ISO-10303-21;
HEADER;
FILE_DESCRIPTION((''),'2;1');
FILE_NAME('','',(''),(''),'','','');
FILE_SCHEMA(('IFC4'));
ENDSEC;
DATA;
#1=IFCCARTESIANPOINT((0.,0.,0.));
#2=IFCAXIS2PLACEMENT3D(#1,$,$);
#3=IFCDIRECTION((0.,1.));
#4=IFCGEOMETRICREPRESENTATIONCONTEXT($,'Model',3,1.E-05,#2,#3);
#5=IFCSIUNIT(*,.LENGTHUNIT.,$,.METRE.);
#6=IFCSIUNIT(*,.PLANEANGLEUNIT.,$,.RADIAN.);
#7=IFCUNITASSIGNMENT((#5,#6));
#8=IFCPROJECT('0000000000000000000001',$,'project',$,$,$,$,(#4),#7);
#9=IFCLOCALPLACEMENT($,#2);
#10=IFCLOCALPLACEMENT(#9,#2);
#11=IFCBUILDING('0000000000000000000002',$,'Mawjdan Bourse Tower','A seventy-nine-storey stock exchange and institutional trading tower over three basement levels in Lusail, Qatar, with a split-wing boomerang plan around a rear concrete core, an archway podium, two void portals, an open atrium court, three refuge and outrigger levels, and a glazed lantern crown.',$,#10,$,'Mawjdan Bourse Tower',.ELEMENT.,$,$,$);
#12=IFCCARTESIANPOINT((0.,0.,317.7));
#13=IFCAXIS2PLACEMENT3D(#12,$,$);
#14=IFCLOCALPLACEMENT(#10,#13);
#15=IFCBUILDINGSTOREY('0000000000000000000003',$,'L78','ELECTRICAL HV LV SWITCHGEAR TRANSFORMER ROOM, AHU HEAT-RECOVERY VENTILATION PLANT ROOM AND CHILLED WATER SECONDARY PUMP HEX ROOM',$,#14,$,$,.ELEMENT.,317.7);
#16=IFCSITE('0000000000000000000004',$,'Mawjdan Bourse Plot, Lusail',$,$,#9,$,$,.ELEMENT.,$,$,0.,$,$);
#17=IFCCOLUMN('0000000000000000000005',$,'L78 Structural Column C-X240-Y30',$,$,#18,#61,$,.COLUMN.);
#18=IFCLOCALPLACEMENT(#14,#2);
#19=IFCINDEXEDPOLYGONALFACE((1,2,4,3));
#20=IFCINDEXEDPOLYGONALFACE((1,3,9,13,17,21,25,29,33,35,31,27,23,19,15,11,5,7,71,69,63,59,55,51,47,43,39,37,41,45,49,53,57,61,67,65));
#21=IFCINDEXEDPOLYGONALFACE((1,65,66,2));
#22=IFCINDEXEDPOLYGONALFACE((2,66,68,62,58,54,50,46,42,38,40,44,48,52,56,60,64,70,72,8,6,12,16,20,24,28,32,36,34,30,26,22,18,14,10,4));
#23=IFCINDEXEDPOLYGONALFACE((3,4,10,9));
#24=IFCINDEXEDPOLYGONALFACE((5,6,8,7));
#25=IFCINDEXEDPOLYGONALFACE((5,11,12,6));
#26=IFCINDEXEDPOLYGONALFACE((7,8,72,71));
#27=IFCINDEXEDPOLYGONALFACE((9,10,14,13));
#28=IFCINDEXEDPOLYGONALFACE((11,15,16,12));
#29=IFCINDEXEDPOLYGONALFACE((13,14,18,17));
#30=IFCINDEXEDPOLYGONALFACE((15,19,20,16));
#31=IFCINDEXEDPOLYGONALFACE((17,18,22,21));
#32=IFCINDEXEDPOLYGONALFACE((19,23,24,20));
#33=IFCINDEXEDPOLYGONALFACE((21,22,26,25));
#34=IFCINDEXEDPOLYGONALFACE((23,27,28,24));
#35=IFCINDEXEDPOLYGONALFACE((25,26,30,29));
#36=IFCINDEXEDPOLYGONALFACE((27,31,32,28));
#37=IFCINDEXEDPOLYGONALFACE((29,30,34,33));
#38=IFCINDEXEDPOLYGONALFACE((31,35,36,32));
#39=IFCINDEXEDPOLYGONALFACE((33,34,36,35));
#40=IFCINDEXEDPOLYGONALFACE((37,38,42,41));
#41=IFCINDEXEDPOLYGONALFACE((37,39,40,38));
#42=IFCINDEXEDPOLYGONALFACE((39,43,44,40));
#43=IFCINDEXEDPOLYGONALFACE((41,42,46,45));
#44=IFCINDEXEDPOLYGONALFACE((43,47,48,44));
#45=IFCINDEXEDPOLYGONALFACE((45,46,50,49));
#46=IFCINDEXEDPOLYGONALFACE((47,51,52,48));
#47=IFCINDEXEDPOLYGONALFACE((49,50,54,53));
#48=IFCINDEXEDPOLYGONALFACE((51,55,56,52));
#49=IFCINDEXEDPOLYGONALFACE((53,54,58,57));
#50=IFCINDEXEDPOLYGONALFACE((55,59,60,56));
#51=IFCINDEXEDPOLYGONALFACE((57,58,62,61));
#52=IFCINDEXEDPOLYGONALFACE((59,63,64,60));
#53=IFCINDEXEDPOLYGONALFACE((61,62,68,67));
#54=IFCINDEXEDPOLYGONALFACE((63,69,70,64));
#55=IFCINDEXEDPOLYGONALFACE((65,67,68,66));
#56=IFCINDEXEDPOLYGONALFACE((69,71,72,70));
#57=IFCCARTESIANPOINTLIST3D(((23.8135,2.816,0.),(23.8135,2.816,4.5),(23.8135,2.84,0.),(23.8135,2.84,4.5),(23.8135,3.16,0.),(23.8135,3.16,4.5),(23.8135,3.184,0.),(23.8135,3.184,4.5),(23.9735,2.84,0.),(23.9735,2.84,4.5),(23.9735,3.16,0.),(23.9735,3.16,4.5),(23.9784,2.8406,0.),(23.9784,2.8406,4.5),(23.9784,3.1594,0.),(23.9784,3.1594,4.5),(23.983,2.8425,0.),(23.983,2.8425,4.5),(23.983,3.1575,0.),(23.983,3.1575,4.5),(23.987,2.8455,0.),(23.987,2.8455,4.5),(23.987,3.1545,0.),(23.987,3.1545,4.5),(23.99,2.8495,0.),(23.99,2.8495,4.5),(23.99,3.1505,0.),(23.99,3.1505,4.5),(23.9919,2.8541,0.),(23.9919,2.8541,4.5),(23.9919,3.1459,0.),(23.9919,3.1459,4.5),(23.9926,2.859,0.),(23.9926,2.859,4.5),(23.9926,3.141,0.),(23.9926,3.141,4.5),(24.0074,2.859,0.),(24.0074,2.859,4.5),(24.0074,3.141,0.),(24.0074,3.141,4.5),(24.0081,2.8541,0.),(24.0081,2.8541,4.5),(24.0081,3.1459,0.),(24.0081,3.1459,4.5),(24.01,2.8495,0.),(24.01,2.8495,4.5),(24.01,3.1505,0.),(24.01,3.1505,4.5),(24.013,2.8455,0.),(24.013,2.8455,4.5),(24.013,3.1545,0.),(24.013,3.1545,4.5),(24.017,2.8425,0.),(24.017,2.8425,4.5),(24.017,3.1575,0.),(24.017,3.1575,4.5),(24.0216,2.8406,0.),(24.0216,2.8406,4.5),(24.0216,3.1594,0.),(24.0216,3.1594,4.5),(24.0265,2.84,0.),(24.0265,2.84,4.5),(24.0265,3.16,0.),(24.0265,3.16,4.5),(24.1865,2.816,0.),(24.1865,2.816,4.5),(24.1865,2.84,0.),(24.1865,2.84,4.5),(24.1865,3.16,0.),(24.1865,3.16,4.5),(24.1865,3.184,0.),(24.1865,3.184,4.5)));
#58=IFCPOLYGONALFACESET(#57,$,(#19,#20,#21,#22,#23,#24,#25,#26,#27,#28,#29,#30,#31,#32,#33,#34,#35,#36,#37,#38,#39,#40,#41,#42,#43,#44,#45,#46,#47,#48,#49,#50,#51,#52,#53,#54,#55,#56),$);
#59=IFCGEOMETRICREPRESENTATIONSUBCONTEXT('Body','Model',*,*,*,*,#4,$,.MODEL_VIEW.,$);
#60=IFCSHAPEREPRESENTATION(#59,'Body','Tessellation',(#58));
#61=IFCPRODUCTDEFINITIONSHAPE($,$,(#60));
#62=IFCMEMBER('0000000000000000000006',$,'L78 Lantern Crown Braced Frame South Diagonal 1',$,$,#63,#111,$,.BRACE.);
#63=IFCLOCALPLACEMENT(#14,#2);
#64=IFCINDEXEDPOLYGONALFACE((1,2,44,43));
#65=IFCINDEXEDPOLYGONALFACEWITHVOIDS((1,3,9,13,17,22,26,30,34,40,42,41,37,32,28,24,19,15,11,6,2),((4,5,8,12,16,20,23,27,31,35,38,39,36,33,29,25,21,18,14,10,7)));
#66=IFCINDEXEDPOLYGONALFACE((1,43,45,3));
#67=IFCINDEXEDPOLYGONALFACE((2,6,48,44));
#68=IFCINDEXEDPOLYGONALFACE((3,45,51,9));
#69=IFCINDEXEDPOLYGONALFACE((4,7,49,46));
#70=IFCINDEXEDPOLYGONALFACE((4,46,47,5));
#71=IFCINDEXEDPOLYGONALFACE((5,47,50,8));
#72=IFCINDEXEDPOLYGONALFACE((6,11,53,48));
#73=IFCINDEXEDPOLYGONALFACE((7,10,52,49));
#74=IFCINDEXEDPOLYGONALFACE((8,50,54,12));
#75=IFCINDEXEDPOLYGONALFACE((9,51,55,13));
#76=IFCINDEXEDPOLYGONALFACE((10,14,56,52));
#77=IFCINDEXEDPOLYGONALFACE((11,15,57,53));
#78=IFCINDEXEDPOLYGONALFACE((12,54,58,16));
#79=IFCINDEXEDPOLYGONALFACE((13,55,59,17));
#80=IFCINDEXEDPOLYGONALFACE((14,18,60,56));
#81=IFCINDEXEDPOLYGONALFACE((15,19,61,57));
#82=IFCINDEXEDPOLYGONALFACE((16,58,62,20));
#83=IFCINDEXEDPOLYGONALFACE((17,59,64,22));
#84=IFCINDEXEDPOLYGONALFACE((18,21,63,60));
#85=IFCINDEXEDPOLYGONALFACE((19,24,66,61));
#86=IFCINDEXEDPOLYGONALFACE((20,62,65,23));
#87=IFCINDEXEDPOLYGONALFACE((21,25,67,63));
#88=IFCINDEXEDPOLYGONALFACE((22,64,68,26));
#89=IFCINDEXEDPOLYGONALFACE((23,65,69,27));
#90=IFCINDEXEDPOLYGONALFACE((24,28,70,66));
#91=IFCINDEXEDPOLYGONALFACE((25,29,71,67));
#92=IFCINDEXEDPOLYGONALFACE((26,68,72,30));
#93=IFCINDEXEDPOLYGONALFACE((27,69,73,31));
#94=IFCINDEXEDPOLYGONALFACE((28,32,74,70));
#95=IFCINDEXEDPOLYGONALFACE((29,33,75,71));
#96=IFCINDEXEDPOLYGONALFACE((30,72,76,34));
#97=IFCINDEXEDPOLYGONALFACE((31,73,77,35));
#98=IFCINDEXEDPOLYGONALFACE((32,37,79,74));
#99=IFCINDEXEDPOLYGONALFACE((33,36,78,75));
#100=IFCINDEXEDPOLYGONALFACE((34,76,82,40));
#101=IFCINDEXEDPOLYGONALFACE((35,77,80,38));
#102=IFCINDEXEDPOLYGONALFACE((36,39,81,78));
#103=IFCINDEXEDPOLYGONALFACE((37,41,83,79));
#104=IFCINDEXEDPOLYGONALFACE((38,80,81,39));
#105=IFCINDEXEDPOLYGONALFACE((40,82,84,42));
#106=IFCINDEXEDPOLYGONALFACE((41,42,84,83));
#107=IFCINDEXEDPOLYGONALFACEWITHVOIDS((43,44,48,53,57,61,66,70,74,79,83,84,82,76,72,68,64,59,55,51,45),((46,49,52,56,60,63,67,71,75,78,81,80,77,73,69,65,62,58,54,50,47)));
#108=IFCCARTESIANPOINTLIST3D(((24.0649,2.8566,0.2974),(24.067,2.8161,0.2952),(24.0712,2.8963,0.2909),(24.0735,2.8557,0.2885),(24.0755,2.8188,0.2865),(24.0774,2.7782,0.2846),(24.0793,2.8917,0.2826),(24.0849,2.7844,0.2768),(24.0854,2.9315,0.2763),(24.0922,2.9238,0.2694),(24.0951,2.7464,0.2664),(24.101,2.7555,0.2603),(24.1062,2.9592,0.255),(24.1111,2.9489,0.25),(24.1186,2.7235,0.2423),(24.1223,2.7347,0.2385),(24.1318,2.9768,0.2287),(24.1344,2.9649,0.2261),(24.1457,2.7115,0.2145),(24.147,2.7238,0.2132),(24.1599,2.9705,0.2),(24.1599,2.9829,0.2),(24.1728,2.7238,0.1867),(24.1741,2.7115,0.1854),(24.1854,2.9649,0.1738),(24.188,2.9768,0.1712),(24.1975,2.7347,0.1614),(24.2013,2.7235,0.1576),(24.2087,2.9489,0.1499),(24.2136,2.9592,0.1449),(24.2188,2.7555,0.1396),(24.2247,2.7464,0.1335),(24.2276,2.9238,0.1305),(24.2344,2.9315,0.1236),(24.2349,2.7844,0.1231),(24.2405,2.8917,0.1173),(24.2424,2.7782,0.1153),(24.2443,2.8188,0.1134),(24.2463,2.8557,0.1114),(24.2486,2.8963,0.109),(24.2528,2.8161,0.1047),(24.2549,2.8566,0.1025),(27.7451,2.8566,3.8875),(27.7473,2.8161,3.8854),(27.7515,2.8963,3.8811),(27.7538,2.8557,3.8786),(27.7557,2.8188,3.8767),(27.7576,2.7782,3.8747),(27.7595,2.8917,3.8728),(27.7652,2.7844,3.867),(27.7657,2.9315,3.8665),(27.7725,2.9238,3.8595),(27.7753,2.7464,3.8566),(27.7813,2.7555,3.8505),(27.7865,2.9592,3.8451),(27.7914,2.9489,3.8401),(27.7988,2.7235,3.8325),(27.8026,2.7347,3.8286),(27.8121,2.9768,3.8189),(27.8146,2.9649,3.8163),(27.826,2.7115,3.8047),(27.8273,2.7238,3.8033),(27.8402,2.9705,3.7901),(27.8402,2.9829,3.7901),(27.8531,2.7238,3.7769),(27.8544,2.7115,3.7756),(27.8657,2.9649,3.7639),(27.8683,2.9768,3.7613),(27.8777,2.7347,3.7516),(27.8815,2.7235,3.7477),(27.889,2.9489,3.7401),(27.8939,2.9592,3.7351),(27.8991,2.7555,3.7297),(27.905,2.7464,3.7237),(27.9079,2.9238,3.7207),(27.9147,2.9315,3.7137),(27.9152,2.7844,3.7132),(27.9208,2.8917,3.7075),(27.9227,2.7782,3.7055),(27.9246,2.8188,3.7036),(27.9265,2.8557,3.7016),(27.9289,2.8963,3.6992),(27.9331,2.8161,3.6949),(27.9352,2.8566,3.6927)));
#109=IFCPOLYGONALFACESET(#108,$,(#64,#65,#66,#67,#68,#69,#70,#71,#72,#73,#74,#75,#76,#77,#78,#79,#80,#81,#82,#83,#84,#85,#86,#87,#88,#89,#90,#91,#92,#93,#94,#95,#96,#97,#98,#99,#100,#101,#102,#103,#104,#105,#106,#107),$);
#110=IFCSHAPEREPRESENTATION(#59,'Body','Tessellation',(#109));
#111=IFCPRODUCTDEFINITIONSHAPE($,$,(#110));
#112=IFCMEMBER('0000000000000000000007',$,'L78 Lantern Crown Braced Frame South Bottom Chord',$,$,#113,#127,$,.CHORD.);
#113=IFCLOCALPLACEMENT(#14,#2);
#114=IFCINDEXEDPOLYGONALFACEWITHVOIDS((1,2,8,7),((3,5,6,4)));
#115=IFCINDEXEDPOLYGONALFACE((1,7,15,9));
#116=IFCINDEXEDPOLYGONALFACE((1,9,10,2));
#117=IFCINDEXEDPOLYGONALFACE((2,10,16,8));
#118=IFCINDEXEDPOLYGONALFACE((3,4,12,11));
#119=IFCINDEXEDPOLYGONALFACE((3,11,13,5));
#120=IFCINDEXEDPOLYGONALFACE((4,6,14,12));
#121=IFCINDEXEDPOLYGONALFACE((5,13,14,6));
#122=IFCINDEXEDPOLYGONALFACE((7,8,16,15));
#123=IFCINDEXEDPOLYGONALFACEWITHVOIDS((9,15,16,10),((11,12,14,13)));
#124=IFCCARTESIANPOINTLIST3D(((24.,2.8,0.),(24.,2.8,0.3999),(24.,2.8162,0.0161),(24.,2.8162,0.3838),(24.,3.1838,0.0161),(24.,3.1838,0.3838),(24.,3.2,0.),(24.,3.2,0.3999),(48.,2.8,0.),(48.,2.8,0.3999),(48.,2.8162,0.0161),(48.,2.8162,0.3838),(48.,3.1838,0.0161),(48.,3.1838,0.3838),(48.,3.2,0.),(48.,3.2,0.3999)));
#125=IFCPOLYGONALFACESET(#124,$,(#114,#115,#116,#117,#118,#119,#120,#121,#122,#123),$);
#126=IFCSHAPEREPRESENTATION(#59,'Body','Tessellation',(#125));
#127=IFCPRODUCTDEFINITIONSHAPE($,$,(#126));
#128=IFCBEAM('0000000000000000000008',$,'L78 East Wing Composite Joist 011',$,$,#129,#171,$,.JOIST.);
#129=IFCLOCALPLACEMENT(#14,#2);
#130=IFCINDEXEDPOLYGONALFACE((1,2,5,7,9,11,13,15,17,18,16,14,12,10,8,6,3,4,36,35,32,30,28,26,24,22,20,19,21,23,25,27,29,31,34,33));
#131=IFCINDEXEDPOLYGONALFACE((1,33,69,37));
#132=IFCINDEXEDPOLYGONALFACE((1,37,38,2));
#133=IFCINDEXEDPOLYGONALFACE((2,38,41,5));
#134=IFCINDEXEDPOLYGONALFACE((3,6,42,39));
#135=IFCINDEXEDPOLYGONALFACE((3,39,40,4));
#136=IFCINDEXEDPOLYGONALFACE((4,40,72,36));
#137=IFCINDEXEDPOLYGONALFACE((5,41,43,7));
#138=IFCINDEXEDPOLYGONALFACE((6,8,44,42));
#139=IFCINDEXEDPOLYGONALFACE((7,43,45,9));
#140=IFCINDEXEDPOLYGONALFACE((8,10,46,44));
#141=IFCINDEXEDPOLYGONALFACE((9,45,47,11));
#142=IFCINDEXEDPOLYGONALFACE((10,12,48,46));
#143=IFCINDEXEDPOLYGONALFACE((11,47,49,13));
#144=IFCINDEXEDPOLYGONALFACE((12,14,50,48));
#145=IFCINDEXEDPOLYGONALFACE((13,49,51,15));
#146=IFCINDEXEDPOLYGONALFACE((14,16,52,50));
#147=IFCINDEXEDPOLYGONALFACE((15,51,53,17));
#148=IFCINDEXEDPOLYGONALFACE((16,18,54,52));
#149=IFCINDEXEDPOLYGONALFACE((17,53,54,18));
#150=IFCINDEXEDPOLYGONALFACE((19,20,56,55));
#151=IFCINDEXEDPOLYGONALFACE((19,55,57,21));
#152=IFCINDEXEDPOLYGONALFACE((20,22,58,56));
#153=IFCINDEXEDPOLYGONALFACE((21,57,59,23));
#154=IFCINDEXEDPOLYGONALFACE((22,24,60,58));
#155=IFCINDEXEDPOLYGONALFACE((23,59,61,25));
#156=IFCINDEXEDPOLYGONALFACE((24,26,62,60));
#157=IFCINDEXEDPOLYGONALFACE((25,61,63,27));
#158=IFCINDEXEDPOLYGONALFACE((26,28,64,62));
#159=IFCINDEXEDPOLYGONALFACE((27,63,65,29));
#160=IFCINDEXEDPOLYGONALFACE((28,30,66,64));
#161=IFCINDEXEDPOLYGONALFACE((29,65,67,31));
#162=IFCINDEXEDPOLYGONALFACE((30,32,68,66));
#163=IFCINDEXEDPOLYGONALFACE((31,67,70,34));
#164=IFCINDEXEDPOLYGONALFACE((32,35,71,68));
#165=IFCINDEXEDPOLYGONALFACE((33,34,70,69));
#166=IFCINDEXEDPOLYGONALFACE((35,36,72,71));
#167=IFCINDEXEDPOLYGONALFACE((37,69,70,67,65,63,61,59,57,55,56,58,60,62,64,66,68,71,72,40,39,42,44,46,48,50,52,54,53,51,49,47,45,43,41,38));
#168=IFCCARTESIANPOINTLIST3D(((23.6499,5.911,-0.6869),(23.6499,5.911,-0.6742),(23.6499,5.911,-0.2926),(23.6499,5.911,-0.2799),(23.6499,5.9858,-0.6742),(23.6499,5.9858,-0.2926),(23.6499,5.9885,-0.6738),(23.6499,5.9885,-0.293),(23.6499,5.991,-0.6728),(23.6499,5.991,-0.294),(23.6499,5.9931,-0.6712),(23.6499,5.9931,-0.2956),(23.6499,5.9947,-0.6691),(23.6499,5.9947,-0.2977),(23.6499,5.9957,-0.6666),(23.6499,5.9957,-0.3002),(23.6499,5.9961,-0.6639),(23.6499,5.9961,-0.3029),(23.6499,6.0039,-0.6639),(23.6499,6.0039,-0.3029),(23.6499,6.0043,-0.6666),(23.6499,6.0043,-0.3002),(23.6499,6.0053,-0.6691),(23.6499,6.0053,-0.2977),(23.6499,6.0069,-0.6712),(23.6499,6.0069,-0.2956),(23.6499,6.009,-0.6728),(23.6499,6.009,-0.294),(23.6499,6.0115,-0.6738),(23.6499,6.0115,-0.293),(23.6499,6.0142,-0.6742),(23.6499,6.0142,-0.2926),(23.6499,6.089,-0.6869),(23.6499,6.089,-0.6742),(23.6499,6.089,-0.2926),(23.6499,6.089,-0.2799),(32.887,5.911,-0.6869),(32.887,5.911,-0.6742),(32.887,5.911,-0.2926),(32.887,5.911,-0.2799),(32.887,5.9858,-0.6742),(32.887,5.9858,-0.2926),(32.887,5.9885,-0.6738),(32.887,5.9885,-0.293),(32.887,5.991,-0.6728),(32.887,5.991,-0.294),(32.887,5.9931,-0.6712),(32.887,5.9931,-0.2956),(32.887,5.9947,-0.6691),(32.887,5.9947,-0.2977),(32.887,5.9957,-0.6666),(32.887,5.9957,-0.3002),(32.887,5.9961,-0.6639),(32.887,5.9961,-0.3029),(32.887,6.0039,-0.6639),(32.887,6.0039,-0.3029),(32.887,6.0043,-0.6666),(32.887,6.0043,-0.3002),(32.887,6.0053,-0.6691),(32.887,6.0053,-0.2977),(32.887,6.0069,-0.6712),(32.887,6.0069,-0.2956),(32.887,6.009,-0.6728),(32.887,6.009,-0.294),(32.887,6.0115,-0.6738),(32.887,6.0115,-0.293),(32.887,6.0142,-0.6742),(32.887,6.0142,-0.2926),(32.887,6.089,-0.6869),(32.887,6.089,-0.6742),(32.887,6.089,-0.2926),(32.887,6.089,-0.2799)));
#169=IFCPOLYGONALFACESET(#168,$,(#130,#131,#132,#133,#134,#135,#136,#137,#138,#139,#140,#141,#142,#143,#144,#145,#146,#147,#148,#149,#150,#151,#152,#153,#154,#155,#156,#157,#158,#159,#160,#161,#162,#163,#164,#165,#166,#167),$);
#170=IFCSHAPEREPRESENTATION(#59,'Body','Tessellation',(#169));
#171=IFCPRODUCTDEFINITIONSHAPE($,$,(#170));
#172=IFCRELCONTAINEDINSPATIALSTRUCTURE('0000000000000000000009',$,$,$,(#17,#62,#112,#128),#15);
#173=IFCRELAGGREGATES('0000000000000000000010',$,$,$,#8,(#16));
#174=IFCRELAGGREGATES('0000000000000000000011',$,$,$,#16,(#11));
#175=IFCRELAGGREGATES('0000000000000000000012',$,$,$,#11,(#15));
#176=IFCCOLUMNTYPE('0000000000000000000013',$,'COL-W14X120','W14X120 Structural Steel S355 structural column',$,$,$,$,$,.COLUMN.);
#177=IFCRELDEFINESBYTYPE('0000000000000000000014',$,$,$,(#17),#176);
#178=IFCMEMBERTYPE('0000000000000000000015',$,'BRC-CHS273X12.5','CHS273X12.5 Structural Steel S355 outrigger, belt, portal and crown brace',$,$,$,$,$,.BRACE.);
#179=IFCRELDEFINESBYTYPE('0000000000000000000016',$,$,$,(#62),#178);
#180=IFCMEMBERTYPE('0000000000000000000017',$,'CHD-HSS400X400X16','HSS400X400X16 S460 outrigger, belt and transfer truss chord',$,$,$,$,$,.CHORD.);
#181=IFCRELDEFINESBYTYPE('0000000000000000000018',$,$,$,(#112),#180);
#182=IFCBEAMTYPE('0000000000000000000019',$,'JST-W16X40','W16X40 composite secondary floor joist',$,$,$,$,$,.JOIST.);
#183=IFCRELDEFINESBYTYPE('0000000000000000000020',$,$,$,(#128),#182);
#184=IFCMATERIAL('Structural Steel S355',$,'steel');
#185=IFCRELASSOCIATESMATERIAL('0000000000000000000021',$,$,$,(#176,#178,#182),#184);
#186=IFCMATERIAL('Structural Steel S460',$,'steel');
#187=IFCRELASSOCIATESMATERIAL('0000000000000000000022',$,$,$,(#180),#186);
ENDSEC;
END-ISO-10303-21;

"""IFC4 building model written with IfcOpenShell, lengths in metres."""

from ifc_helpers import new_model, si_unit, direction, frame, origin, origin_2d, place, context, subcontext, project, spatial, hollow_rectangle, hollow_circle, i_section, extrude, material, material_profile, profile_set, type_object, element, save


model = new_model("IFC4")

# Units and contexts
model_context = context("Model", 3, precision=1e-05, world=origin(), true_north=direction((0.0, 1.0)))
body_context = subcontext(model_context, "Body", "Model", "MODEL_VIEW")
ifc_project = project(units=[si_unit("LENGTHUNIT", "METRE"), si_unit("PLANEANGLEUNIT", "RADIAN")], contexts=[model_context])

# Site, building, storey
site_placement = place(None, origin())
site = spatial("IfcSite", under=ifc_project, at=site_placement, Name="Mawjdan Bourse Plot, Lusail", CompositionType="ELEMENT", RefElevation=0.0)
building_placement = place(site_placement, origin())
building = spatial("IfcBuilding", under=site, at=building_placement, Name="Mawjdan Bourse Tower", Description="A seventy-nine-storey stock exchange and institutional trading tower over three basement levels in Lusail, Qatar, with a split-wing boomerang plan around a rear concrete core, an archway podium, two void portals, an open atrium court, three refuge and outrigger levels, and a glazed lantern crown.", LongName="Mawjdan Bourse Tower", CompositionType="ELEMENT")
storey_placement = place(building_placement, frame((0.0, 0.0, 317.7)))
storey = spatial("IfcBuildingStorey", under=building, at=storey_placement, Name="L78", Description="ELECTRICAL HV LV SWITCHGEAR TRANSFORMER ROOM, AHU HEAT-RECOVERY VENTILATION PLANT ROOM AND CHILLED WATER SECONDARY PUMP HEX ROOM", CompositionType="ELEMENT", Elevation=317.7)

# Column
ifc_material_1 = material(Name="Structural Steel S355", Category="steel")
ifc_material_profile_1 = material_profile(ifc_material_1, i_section(OverallWidth=0.373, OverallDepth=0.3679, WebThickness=0.0149, FlangeThickness=0.0239, FilletRadius=0.019, at=origin_2d()), Name="W14X120")
ifc_profile_set_1 = profile_set([ifc_material_profile_1], Name="Structural Steel S355")
column_type = type_object("IfcColumnType", Name="COL-W14X120", Description="W14X120 Structural Steel S355 structural column", PredefinedType="COLUMN", material=ifc_profile_set_1)
column_placement = place(storey_placement, frame((24.0, 3.0, 0.0), z_axis=(0.0, 0.0, 1.0), x_axis=(1.0, 0.0, 0.0)))
element("IfcColumn", 1, at=column_placement, inside=storey, type_object=column_type, Name="L78 Structural Column C-X240-Y30", PredefinedType="COLUMN", context=body_context, shape_type="SweptSolid", body=[
    extrude(i_section(OverallWidth=0.373, OverallDepth=0.3679, WebThickness=0.0149, FlangeThickness=0.0239, FilletRadius=0.019, at=origin_2d()), origin(), (0.0, 0.0, 1.0), 4.5),
])

# Members
ifc_material_profile_2 = material_profile(ifc_material_1, hollow_circle(Radius=0.1365, WallThickness=0.0125, at=origin_2d()), Name="CHS273X12.5")
ifc_profile_set_2 = profile_set([ifc_material_profile_2], Name="Structural Steel S355")
member_type_1 = type_object("IfcMemberType", Name="BRC-CHS273X12.5", Description="CHS273X12.5 Structural Steel S355 outrigger, belt, portal and crown brace", PredefinedType="BRACE", material=ifc_profile_set_2)
member_1_placement = place(storey_placement, frame((24.1599, 2.8464, 0.2), z_axis=(0.715814, 0.0, 0.698291), x_axis=(0.0, 1.0, 0.0)))
element("IfcMember", 2, at=member_1_placement, inside=storey, type_object=member_type_1, Name="L78 Lantern Crown Braced Frame South Diagonal 1", PredefinedType="BRACE", context=body_context, shape_type="SweptSolid", body=[
    extrude(hollow_circle(Radius=0.1365, WallThickness=0.0125, at=origin_2d()), origin(), (0.0, 0.0, 1.0), 5.1414),
])
ifc_material_2 = material(Name="Structural Steel S460", Category="steel")
ifc_material_profile_3 = material_profile(ifc_material_2, hollow_rectangle(XDim=0.3999, YDim=0.3999, WallThickness=0.0161, at=origin_2d()), Name="HSS400X400X16")
ifc_profile_set_3 = profile_set([ifc_material_profile_3], Name="Structural Steel S460")
member_type_2 = type_object("IfcMemberType", Name="CHD-HSS400X400X16", Description="HSS400X400X16 S460 outrigger, belt and transfer truss chord", PredefinedType="CHORD", material=ifc_profile_set_3)
member_2_placement = place(storey_placement, frame((24.0, 3.0, 0.2), z_axis=(1.0, 0.0, 0.0), x_axis=(0.0, 1.0, 0.0)))
element("IfcMember", 3, at=member_2_placement, inside=storey, type_object=member_type_2, Name="L78 Lantern Crown Braced Frame South Bottom Chord", PredefinedType="CHORD", context=body_context, shape_type="SweptSolid", body=[
    extrude(hollow_rectangle(XDim=0.3999, YDim=0.3999, WallThickness=0.0161, at=origin_2d()), origin(), (0.0, 0.0, 1.0), 24.0),
])

# Beam
ifc_material_profile_4 = material_profile(ifc_material_1, i_section(OverallWidth=0.178, OverallDepth=0.407, WebThickness=0.0078, FlangeThickness=0.0127, FilletRadius=0.0103, at=origin_2d()), Name="W16X40")
ifc_profile_set_4 = profile_set([ifc_material_profile_4], Name="Structural Steel S355")
beam_type_1 = type_object("IfcBeamType", Name="JST-W16X40", Description="W16X40 composite secondary floor joist", PredefinedType="JOIST", material=ifc_profile_set_4)
for number, where, z_axis, x_axis, name in (
    (4, (23.6499, 6.0, -0.4834), (1.0, 0.0, 0.0), (0.0, 1.0, 0.0), "L78 East Wing Composite Joist 011"),
):
    element("IfcBeam", number, at=place(storey_placement, frame(where, z_axis=z_axis, x_axis=x_axis)), inside=storey, type_object=beam_type_1, Name=name, PredefinedType="JOIST", context=body_context, shape_type="SweptSolid", body=[
        extrude(i_section(OverallWidth=0.178, OverallDepth=0.407, WebThickness=0.0078, FlangeThickness=0.0127, FilletRadius=0.0103, at=origin_2d()), origin(), (0.0, 0.0, 1.0), 9.2371),
    ])

save(model, "model.ifc")
